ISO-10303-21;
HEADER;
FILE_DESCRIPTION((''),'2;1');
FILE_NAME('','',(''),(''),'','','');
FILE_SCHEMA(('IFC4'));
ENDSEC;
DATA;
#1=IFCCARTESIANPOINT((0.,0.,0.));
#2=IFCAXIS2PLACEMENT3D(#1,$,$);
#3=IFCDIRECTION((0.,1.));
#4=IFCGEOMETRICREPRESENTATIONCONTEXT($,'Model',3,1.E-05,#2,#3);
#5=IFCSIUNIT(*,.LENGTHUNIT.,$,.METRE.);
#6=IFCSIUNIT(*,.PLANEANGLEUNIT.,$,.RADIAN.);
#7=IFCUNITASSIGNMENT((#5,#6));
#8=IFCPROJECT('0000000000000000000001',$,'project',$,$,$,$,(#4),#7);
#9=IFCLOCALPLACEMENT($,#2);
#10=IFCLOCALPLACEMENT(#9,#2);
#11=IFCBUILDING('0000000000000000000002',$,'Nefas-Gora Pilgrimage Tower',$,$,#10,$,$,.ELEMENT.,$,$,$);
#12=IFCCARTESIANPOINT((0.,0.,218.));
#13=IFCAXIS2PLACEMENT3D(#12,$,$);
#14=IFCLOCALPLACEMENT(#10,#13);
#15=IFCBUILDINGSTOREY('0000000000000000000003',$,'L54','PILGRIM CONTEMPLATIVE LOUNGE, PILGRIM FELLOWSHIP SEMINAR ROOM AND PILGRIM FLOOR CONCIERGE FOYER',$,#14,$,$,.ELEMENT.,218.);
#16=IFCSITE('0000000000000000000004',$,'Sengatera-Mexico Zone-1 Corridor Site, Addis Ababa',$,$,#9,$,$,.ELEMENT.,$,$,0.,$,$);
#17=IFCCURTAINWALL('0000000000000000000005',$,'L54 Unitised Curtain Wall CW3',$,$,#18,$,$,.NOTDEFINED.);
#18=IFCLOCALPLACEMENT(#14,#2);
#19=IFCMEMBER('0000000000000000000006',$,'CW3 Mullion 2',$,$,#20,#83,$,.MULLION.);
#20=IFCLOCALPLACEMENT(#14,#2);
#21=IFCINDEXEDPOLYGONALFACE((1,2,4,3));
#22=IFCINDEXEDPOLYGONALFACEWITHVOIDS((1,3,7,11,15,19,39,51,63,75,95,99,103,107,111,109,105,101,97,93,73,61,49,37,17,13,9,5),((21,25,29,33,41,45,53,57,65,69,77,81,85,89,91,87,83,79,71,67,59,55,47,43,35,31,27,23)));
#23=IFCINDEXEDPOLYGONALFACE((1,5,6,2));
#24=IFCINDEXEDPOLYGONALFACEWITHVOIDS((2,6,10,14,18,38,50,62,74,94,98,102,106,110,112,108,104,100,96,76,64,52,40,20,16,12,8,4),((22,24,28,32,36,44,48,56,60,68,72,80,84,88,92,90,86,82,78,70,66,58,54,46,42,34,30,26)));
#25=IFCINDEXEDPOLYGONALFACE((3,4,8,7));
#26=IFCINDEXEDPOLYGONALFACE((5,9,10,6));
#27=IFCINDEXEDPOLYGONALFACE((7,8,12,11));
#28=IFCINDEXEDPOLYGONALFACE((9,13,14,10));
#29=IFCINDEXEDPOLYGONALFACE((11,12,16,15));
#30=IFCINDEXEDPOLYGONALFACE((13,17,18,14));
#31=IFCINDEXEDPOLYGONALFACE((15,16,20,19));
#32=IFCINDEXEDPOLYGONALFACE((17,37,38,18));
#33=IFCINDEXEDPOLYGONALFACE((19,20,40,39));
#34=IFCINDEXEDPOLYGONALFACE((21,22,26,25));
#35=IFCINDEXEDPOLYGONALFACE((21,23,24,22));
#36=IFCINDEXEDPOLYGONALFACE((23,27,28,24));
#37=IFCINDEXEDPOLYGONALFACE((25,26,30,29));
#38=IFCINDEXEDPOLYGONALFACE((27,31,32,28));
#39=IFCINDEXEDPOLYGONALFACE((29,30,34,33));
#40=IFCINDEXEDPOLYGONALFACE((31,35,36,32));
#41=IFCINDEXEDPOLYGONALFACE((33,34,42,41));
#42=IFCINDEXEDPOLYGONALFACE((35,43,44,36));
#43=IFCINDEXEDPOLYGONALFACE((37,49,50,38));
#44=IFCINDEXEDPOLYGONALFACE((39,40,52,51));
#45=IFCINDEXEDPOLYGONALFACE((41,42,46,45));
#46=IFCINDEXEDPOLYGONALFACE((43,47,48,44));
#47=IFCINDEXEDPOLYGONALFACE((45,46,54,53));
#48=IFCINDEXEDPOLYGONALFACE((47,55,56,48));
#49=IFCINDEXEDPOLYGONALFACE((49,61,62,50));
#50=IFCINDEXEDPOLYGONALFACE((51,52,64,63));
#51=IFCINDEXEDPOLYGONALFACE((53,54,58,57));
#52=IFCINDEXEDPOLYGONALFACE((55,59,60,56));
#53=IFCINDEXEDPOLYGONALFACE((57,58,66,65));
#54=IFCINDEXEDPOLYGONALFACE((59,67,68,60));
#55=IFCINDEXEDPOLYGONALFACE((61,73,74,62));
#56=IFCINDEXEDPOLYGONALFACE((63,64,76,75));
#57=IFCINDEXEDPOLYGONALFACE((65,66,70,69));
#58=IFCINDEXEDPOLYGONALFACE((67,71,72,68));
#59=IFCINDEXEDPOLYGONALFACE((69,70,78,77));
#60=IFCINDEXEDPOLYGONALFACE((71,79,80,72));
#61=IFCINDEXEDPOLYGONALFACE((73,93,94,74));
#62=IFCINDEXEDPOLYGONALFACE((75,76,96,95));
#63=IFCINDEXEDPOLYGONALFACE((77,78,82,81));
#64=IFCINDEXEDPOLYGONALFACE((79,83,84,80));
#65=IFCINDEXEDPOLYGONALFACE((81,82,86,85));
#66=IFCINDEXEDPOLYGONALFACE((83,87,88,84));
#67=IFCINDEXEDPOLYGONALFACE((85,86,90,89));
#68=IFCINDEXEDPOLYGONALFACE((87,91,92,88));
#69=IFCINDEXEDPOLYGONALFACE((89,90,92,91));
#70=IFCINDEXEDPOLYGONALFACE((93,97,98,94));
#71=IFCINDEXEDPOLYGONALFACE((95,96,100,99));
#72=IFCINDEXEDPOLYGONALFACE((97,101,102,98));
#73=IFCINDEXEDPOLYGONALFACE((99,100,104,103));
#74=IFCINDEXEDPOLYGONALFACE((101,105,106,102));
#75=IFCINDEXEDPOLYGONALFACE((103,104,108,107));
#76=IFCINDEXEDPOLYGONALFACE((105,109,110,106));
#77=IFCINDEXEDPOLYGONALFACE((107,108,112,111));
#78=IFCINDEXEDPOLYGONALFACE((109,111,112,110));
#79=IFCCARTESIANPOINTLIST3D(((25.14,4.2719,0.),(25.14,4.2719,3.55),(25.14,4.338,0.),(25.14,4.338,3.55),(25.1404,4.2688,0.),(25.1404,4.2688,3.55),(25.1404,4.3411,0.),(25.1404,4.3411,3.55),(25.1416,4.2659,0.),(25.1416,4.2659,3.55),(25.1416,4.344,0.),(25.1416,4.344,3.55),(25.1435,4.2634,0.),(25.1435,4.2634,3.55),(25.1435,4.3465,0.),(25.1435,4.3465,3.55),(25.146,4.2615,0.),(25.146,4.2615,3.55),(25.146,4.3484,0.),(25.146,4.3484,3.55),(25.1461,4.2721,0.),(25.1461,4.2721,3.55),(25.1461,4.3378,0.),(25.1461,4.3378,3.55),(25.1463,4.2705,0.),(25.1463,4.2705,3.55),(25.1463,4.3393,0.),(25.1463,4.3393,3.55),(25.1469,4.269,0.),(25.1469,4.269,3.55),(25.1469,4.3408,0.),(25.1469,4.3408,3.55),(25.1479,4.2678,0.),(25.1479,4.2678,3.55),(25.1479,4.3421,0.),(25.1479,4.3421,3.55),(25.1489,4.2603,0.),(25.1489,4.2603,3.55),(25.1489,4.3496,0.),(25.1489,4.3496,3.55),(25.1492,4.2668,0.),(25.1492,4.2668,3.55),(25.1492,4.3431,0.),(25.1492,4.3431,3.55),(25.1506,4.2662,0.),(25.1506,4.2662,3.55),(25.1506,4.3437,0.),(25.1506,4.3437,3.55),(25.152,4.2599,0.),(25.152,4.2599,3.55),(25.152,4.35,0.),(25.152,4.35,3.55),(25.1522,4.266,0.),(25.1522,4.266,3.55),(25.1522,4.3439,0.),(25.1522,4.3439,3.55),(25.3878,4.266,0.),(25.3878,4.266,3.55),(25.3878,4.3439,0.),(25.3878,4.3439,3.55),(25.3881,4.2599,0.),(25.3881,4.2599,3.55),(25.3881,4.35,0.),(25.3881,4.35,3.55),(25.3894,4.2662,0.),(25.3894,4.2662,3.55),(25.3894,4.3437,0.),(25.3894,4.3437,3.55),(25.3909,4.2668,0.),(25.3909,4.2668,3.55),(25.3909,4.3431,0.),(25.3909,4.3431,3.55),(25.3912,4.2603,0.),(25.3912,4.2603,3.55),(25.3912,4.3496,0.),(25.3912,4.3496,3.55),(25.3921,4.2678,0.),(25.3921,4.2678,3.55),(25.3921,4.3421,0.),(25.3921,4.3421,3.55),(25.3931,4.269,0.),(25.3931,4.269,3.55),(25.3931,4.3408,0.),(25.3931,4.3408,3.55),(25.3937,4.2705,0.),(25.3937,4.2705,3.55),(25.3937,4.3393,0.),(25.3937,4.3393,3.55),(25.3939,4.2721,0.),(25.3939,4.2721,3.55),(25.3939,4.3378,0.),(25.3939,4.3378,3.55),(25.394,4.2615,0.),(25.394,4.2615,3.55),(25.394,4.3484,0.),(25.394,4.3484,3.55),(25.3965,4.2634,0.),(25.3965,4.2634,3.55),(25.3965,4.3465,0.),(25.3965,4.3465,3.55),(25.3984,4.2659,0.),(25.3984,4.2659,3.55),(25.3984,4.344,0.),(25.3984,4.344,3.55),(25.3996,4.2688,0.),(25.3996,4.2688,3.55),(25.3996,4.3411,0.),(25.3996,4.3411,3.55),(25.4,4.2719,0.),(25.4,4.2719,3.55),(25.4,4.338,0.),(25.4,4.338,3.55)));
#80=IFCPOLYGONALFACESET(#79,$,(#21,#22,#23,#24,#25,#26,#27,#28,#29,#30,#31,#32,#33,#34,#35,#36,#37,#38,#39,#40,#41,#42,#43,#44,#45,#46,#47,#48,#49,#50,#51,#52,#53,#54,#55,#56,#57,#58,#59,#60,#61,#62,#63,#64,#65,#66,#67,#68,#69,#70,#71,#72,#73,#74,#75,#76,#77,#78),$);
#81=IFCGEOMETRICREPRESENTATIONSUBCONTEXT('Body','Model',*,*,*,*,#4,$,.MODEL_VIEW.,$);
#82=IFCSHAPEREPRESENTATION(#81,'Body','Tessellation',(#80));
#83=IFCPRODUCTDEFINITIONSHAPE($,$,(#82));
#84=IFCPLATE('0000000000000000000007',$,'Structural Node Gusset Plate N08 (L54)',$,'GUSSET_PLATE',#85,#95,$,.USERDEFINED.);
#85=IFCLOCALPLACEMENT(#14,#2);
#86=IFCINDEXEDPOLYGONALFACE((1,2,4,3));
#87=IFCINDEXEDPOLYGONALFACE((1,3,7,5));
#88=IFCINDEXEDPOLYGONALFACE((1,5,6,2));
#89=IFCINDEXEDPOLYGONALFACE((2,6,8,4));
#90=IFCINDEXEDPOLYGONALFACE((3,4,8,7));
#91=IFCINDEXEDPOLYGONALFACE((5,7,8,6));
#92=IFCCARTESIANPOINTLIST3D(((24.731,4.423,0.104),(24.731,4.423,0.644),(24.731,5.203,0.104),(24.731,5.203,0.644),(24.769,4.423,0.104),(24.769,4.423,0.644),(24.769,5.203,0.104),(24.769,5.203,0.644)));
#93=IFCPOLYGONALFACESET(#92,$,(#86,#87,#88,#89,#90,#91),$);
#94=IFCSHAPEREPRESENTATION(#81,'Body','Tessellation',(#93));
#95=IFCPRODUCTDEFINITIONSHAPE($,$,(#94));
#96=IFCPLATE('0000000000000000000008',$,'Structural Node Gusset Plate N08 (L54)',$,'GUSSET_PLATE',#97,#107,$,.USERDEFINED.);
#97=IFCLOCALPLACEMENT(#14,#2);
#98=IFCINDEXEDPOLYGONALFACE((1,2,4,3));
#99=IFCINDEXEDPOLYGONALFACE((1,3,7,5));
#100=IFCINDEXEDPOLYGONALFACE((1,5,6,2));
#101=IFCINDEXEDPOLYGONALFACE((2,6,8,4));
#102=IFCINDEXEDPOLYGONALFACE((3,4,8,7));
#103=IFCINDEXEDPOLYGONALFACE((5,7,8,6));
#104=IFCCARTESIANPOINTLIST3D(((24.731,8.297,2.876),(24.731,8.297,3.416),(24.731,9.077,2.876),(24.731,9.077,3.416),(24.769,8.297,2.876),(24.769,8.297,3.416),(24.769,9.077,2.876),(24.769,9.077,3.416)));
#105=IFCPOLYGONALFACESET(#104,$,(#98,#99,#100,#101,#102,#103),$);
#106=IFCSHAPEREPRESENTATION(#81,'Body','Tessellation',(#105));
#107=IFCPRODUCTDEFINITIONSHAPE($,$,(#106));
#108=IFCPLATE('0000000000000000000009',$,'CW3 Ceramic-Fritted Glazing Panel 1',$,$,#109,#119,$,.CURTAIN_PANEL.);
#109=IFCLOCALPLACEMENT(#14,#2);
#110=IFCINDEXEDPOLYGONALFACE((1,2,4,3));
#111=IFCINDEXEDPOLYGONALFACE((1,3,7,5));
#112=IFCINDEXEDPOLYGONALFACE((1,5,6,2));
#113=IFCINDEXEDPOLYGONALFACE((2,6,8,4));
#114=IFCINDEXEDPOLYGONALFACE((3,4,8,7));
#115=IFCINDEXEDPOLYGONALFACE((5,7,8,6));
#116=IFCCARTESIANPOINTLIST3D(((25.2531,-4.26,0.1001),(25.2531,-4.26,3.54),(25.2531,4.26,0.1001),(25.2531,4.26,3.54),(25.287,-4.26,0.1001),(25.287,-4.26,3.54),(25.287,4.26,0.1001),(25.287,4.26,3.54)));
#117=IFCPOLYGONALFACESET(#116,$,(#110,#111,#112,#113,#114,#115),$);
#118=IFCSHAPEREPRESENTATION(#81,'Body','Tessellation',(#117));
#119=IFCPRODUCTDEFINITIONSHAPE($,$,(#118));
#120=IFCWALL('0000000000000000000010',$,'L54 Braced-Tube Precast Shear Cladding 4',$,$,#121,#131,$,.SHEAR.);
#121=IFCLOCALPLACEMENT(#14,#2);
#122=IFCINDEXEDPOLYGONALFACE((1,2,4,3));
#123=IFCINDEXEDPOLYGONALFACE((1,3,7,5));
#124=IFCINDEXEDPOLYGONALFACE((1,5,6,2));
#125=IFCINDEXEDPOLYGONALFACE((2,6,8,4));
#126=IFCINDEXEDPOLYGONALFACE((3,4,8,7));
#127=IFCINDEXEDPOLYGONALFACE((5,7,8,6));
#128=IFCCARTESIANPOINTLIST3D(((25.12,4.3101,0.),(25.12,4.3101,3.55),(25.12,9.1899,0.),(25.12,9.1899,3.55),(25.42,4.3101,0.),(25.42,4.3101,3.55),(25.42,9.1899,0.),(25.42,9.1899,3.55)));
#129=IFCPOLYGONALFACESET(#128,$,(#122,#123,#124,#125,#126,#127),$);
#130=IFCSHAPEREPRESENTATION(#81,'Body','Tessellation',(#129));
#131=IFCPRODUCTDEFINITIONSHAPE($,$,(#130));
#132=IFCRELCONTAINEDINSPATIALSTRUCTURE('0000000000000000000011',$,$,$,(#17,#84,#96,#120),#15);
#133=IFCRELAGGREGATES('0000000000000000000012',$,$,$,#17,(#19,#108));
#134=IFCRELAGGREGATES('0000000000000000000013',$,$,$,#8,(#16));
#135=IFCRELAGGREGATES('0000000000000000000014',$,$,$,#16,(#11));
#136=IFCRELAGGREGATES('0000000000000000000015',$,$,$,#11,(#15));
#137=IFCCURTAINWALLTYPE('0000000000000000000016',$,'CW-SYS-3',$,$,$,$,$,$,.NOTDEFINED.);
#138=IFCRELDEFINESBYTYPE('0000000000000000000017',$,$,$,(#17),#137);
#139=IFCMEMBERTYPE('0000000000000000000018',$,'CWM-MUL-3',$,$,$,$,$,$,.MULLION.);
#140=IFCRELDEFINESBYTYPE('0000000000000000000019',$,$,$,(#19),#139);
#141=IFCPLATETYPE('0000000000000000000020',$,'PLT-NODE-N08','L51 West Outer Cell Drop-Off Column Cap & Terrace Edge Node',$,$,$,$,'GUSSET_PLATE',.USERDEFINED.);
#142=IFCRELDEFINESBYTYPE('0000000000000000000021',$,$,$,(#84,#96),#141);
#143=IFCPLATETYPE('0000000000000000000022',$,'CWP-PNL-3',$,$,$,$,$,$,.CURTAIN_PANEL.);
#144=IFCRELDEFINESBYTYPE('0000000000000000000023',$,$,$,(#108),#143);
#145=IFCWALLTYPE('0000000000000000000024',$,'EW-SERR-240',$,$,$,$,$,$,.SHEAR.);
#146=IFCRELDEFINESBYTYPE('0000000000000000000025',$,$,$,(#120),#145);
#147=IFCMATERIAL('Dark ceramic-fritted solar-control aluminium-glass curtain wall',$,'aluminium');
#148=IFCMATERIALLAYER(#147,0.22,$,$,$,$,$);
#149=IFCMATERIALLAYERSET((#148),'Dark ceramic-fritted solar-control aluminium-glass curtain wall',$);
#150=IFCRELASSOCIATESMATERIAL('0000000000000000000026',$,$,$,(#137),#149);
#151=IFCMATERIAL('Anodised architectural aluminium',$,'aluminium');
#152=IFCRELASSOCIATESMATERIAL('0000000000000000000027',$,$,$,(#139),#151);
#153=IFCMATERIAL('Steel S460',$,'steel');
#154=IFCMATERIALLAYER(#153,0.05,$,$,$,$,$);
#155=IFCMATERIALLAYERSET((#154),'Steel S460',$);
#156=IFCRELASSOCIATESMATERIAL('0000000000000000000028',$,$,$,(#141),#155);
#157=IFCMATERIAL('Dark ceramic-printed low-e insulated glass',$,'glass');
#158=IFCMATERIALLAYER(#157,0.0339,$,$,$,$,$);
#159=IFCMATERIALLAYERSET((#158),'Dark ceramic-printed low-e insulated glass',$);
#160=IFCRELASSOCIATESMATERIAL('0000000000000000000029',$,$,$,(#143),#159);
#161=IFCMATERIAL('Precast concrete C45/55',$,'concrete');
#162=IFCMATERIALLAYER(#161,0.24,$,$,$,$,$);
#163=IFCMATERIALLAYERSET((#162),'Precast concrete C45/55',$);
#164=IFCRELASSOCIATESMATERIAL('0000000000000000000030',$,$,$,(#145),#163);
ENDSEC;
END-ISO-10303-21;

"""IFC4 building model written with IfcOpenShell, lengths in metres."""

from ifc_helpers import new_model, si_unit, direction, frame, frame_2d, origin, origin_2d, place, context, subcontext, project, spatial, rectangle, hollow_rectangle, extrude, source, transform, mapped, material, layer, layer_set, material_profile, profile_set, type_object, element, aggregate, save


model = new_model("IFC4")

# Units and contexts
model_context = context("Model", 3, precision=1e-05, world=origin(), true_north=direction((0.0, 1.0)))
body_context = subcontext(model_context, "Body", "Model", "MODEL_VIEW")
ifc_project = project(units=[si_unit("LENGTHUNIT", "METRE"), si_unit("PLANEANGLEUNIT", "RADIAN")], contexts=[model_context])

# Site, building, storey
site_placement = place(None, origin())
site = spatial("IfcSite", under=ifc_project, at=site_placement, Name="Sengatera-Mexico Zone-1 Corridor Site, Addis Ababa", CompositionType="ELEMENT", RefElevation=0.0)
building_placement = place(site_placement, origin())
building = spatial("IfcBuilding", under=site, at=building_placement, Name="Nefas-Gora Pilgrimage Tower", CompositionType="ELEMENT")
storey_placement = place(building_placement, frame((0.0, 0.0, 218.0)))
storey = spatial("IfcBuildingStorey", under=building, at=storey_placement, Name="L54", Description="PILGRIM CONTEMPLATIVE LOUNGE, PILGRIM FELLOWSHIP SEMINAR ROOM AND PILGRIM FLOOR CONCIERGE FOYER", CompositionType="ELEMENT", Elevation=218.0)

# Shared definitions
ifc_material_1 = material(Name="Steel S460", Category="steel")

# Curtain wall, member
ifc_material_2 = material(Name="Dark ceramic-fritted solar-control aluminium-glass curtain wall", Category="aluminium")
ifc_layer_1 = layer(ifc_material_2, 0.22)
ifc_layer_set_1 = layer_set([ifc_layer_1], Name="Dark ceramic-fritted solar-control aluminium-glass curtain wall")
curtain_wall_type = type_object("IfcCurtainWallType", Name="CW-SYS-3", PredefinedType="NOTDEFINED", material=ifc_layer_set_1)
curtain_wall_placement = place(storey_placement, origin())
curtain_wall = element("IfcCurtainWall", 1, at=curtain_wall_placement, inside=storey, type_object=curtain_wall_type, Name="L54 Unitised Curtain Wall CW3", PredefinedType="NOTDEFINED")
ifc_material_3 = material(Name="Anodised architectural aluminium", Category="aluminium")
ifc_material_profile_1 = material_profile(ifc_material_3, hollow_rectangle(XDim=0.0901, YDim=0.26, WallThickness=0.0061, InnerFilletRadius=0.0061, OuterFilletRadius=0.012, at=origin_2d()), Name="ALU MULLION 90x260")
ifc_profile_set_1 = profile_set([ifc_material_profile_1], Name="Anodised architectural aluminium")
member_type_1 = type_object("IfcMemberType", Name="CWM-MUL-3", PredefinedType="MULLION", material=ifc_profile_set_1)
shared_shape_1 = source(origin(), body_context, "Body", "SweptSolid", [
    extrude(hollow_rectangle(XDim=0.0901, YDim=0.26, WallThickness=0.0061, InnerFilletRadius=0.0061, OuterFilletRadius=0.012, at=origin_2d()), origin(), (0.0, 0.0, 1.0), 3.55),
])
member_1_placement = place(storey_placement, frame((25.27, 4.3049, 0.0), z_axis=(0.0, 0.0, 1.0), x_axis=(0.0, 1.0, 0.0)))
member_1 = element("IfcMember", 2, at=member_1_placement, type_object=member_type_1, Name="CW3 Mullion 2", PredefinedType="MULLION", context=body_context, shape_type="MappedRepresentation", body=[
    mapped(shared_shape_1, transform((0.0, 0.0, 0.0), x_axis=(1.0, 0.0, 0.0), y_axis=(0.0, 1.0, 0.0), z_axis=(0.0, 0.0, 1.0), scale=1.0)),
])

# Plates
ifc_layer_2 = layer(ifc_material_1, 0.05)
ifc_layer_set_2 = layer_set([ifc_layer_2], Name="Steel S460")
plate_type_1 = type_object("IfcPlateType", Name="PLT-NODE-N08", Description="L51 West Outer Cell Drop-Off Column Cap & Terrace Edge Node", ElementType="GUSSET_PLATE", PredefinedType="USERDEFINED", material=ifc_layer_set_2)
shared_shape_2 = source(origin(), body_context, "Body", "SweptSolid", [
    extrude(rectangle(XDim=0.78, YDim=0.0381, at=origin_2d()), origin(), (0.0, 0.0, 1.0), 0.54),
])
for number, where, z_axis, x_axis, name in (
    (3, (24.75, 4.813, 0.104), (0.0, 0.0, 1.0), (0.0, 1.0, 0.0), "Structural Node Gusset Plate N08 (L54)"),
    (4, (24.75, 8.687, 2.876), (0.0, 0.0, 1.0), (0.0, 1.0, 0.0), "Structural Node Gusset Plate N08 (L54)"),
):
    element("IfcPlate", number, at=place(storey_placement, frame(where, z_axis=z_axis, x_axis=x_axis)), inside=storey, type_object=plate_type_1, Name=name, ObjectType="GUSSET_PLATE", PredefinedType="USERDEFINED", context=body_context, shape_type="MappedRepresentation", body=[
        mapped(shared_shape_2, transform((0.0, 0.0, 0.0), x_axis=(1.0, 0.0, 0.0), y_axis=(0.0, 1.0, 0.0), z_axis=(0.0, 0.0, 1.0), scale=1.0)),
    ])

# Plate
ifc_material_4 = material(Name="Dark ceramic-printed low-e insulated glass", Category="glass")
ifc_layer_3 = layer(ifc_material_4, 0.0339)
ifc_layer_set_3 = layer_set([ifc_layer_3], Name="Dark ceramic-printed low-e insulated glass")
plate_type_2 = type_object("IfcPlateType", Name="CWP-PNL-3", PredefinedType="CURTAIN_PANEL", material=ifc_layer_set_3)
shared_shape_3 = source(origin(), body_context, "Body", "SweptSolid", [
    extrude(rectangle(XDim=8.52, YDim=0.0339, at=origin_2d()), origin(), (0.0, 0.0, 1.0), 3.4399),
])
plate_placement = place(storey_placement, frame((25.27, 0.0, 0.1001), z_axis=(0.0, 0.0, 1.0), x_axis=(0.0, 1.0, 0.0)))
plate = element("IfcPlate", 5, at=plate_placement, type_object=plate_type_2, Name="CW3 Ceramic-Fritted Glazing Panel 1", PredefinedType="CURTAIN_PANEL", context=body_context, shape_type="MappedRepresentation", body=[
    mapped(shared_shape_3, transform((0.0, 0.0, 0.0), x_axis=(1.0, 0.0, 0.0), y_axis=(0.0, 1.0, 0.0), z_axis=(0.0, 0.0, 1.0), scale=1.0)),
])
aggregate(curtain_wall, [member_1, plate])

# Wall
ifc_material_5 = material(Name="Precast concrete C45/55", Category="concrete")
ifc_layer_4 = layer(ifc_material_5, 0.24)
ifc_layer_set_4 = layer_set([ifc_layer_4], Name="Precast concrete C45/55")
wall_type = type_object("IfcWallType", Name="EW-SERR-240", PredefinedType="SHEAR", material=ifc_layer_set_4)
shared_shape_4 = source(origin(), body_context, "Body", "SweptSolid", [
    extrude(rectangle(XDim=4.8799, YDim=0.3, at=frame_2d((2.4399, 0.0))), origin(), (0.0, 0.0, 1.0), 3.55),
])
wall_placement = place(storey_placement, frame((25.27, 4.3101, 0.0), z_axis=(0.0, 0.0, 1.0), x_axis=(0.0, 1.0, 0.0)))
element("IfcWall", 6, at=wall_placement, inside=storey, type_object=wall_type, Name="L54 Braced-Tube Precast Shear Cladding 4", PredefinedType="SHEAR", context=body_context, shape_type="MappedRepresentation", body=[
    mapped(shared_shape_4, transform((0.0, 0.0, 0.0), x_axis=(1.0, 0.0, 0.0), y_axis=(0.0, 1.0, 0.0), z_axis=(0.0, 0.0, 1.0), scale=1.0)),
])

save(model, "model.ifc")
